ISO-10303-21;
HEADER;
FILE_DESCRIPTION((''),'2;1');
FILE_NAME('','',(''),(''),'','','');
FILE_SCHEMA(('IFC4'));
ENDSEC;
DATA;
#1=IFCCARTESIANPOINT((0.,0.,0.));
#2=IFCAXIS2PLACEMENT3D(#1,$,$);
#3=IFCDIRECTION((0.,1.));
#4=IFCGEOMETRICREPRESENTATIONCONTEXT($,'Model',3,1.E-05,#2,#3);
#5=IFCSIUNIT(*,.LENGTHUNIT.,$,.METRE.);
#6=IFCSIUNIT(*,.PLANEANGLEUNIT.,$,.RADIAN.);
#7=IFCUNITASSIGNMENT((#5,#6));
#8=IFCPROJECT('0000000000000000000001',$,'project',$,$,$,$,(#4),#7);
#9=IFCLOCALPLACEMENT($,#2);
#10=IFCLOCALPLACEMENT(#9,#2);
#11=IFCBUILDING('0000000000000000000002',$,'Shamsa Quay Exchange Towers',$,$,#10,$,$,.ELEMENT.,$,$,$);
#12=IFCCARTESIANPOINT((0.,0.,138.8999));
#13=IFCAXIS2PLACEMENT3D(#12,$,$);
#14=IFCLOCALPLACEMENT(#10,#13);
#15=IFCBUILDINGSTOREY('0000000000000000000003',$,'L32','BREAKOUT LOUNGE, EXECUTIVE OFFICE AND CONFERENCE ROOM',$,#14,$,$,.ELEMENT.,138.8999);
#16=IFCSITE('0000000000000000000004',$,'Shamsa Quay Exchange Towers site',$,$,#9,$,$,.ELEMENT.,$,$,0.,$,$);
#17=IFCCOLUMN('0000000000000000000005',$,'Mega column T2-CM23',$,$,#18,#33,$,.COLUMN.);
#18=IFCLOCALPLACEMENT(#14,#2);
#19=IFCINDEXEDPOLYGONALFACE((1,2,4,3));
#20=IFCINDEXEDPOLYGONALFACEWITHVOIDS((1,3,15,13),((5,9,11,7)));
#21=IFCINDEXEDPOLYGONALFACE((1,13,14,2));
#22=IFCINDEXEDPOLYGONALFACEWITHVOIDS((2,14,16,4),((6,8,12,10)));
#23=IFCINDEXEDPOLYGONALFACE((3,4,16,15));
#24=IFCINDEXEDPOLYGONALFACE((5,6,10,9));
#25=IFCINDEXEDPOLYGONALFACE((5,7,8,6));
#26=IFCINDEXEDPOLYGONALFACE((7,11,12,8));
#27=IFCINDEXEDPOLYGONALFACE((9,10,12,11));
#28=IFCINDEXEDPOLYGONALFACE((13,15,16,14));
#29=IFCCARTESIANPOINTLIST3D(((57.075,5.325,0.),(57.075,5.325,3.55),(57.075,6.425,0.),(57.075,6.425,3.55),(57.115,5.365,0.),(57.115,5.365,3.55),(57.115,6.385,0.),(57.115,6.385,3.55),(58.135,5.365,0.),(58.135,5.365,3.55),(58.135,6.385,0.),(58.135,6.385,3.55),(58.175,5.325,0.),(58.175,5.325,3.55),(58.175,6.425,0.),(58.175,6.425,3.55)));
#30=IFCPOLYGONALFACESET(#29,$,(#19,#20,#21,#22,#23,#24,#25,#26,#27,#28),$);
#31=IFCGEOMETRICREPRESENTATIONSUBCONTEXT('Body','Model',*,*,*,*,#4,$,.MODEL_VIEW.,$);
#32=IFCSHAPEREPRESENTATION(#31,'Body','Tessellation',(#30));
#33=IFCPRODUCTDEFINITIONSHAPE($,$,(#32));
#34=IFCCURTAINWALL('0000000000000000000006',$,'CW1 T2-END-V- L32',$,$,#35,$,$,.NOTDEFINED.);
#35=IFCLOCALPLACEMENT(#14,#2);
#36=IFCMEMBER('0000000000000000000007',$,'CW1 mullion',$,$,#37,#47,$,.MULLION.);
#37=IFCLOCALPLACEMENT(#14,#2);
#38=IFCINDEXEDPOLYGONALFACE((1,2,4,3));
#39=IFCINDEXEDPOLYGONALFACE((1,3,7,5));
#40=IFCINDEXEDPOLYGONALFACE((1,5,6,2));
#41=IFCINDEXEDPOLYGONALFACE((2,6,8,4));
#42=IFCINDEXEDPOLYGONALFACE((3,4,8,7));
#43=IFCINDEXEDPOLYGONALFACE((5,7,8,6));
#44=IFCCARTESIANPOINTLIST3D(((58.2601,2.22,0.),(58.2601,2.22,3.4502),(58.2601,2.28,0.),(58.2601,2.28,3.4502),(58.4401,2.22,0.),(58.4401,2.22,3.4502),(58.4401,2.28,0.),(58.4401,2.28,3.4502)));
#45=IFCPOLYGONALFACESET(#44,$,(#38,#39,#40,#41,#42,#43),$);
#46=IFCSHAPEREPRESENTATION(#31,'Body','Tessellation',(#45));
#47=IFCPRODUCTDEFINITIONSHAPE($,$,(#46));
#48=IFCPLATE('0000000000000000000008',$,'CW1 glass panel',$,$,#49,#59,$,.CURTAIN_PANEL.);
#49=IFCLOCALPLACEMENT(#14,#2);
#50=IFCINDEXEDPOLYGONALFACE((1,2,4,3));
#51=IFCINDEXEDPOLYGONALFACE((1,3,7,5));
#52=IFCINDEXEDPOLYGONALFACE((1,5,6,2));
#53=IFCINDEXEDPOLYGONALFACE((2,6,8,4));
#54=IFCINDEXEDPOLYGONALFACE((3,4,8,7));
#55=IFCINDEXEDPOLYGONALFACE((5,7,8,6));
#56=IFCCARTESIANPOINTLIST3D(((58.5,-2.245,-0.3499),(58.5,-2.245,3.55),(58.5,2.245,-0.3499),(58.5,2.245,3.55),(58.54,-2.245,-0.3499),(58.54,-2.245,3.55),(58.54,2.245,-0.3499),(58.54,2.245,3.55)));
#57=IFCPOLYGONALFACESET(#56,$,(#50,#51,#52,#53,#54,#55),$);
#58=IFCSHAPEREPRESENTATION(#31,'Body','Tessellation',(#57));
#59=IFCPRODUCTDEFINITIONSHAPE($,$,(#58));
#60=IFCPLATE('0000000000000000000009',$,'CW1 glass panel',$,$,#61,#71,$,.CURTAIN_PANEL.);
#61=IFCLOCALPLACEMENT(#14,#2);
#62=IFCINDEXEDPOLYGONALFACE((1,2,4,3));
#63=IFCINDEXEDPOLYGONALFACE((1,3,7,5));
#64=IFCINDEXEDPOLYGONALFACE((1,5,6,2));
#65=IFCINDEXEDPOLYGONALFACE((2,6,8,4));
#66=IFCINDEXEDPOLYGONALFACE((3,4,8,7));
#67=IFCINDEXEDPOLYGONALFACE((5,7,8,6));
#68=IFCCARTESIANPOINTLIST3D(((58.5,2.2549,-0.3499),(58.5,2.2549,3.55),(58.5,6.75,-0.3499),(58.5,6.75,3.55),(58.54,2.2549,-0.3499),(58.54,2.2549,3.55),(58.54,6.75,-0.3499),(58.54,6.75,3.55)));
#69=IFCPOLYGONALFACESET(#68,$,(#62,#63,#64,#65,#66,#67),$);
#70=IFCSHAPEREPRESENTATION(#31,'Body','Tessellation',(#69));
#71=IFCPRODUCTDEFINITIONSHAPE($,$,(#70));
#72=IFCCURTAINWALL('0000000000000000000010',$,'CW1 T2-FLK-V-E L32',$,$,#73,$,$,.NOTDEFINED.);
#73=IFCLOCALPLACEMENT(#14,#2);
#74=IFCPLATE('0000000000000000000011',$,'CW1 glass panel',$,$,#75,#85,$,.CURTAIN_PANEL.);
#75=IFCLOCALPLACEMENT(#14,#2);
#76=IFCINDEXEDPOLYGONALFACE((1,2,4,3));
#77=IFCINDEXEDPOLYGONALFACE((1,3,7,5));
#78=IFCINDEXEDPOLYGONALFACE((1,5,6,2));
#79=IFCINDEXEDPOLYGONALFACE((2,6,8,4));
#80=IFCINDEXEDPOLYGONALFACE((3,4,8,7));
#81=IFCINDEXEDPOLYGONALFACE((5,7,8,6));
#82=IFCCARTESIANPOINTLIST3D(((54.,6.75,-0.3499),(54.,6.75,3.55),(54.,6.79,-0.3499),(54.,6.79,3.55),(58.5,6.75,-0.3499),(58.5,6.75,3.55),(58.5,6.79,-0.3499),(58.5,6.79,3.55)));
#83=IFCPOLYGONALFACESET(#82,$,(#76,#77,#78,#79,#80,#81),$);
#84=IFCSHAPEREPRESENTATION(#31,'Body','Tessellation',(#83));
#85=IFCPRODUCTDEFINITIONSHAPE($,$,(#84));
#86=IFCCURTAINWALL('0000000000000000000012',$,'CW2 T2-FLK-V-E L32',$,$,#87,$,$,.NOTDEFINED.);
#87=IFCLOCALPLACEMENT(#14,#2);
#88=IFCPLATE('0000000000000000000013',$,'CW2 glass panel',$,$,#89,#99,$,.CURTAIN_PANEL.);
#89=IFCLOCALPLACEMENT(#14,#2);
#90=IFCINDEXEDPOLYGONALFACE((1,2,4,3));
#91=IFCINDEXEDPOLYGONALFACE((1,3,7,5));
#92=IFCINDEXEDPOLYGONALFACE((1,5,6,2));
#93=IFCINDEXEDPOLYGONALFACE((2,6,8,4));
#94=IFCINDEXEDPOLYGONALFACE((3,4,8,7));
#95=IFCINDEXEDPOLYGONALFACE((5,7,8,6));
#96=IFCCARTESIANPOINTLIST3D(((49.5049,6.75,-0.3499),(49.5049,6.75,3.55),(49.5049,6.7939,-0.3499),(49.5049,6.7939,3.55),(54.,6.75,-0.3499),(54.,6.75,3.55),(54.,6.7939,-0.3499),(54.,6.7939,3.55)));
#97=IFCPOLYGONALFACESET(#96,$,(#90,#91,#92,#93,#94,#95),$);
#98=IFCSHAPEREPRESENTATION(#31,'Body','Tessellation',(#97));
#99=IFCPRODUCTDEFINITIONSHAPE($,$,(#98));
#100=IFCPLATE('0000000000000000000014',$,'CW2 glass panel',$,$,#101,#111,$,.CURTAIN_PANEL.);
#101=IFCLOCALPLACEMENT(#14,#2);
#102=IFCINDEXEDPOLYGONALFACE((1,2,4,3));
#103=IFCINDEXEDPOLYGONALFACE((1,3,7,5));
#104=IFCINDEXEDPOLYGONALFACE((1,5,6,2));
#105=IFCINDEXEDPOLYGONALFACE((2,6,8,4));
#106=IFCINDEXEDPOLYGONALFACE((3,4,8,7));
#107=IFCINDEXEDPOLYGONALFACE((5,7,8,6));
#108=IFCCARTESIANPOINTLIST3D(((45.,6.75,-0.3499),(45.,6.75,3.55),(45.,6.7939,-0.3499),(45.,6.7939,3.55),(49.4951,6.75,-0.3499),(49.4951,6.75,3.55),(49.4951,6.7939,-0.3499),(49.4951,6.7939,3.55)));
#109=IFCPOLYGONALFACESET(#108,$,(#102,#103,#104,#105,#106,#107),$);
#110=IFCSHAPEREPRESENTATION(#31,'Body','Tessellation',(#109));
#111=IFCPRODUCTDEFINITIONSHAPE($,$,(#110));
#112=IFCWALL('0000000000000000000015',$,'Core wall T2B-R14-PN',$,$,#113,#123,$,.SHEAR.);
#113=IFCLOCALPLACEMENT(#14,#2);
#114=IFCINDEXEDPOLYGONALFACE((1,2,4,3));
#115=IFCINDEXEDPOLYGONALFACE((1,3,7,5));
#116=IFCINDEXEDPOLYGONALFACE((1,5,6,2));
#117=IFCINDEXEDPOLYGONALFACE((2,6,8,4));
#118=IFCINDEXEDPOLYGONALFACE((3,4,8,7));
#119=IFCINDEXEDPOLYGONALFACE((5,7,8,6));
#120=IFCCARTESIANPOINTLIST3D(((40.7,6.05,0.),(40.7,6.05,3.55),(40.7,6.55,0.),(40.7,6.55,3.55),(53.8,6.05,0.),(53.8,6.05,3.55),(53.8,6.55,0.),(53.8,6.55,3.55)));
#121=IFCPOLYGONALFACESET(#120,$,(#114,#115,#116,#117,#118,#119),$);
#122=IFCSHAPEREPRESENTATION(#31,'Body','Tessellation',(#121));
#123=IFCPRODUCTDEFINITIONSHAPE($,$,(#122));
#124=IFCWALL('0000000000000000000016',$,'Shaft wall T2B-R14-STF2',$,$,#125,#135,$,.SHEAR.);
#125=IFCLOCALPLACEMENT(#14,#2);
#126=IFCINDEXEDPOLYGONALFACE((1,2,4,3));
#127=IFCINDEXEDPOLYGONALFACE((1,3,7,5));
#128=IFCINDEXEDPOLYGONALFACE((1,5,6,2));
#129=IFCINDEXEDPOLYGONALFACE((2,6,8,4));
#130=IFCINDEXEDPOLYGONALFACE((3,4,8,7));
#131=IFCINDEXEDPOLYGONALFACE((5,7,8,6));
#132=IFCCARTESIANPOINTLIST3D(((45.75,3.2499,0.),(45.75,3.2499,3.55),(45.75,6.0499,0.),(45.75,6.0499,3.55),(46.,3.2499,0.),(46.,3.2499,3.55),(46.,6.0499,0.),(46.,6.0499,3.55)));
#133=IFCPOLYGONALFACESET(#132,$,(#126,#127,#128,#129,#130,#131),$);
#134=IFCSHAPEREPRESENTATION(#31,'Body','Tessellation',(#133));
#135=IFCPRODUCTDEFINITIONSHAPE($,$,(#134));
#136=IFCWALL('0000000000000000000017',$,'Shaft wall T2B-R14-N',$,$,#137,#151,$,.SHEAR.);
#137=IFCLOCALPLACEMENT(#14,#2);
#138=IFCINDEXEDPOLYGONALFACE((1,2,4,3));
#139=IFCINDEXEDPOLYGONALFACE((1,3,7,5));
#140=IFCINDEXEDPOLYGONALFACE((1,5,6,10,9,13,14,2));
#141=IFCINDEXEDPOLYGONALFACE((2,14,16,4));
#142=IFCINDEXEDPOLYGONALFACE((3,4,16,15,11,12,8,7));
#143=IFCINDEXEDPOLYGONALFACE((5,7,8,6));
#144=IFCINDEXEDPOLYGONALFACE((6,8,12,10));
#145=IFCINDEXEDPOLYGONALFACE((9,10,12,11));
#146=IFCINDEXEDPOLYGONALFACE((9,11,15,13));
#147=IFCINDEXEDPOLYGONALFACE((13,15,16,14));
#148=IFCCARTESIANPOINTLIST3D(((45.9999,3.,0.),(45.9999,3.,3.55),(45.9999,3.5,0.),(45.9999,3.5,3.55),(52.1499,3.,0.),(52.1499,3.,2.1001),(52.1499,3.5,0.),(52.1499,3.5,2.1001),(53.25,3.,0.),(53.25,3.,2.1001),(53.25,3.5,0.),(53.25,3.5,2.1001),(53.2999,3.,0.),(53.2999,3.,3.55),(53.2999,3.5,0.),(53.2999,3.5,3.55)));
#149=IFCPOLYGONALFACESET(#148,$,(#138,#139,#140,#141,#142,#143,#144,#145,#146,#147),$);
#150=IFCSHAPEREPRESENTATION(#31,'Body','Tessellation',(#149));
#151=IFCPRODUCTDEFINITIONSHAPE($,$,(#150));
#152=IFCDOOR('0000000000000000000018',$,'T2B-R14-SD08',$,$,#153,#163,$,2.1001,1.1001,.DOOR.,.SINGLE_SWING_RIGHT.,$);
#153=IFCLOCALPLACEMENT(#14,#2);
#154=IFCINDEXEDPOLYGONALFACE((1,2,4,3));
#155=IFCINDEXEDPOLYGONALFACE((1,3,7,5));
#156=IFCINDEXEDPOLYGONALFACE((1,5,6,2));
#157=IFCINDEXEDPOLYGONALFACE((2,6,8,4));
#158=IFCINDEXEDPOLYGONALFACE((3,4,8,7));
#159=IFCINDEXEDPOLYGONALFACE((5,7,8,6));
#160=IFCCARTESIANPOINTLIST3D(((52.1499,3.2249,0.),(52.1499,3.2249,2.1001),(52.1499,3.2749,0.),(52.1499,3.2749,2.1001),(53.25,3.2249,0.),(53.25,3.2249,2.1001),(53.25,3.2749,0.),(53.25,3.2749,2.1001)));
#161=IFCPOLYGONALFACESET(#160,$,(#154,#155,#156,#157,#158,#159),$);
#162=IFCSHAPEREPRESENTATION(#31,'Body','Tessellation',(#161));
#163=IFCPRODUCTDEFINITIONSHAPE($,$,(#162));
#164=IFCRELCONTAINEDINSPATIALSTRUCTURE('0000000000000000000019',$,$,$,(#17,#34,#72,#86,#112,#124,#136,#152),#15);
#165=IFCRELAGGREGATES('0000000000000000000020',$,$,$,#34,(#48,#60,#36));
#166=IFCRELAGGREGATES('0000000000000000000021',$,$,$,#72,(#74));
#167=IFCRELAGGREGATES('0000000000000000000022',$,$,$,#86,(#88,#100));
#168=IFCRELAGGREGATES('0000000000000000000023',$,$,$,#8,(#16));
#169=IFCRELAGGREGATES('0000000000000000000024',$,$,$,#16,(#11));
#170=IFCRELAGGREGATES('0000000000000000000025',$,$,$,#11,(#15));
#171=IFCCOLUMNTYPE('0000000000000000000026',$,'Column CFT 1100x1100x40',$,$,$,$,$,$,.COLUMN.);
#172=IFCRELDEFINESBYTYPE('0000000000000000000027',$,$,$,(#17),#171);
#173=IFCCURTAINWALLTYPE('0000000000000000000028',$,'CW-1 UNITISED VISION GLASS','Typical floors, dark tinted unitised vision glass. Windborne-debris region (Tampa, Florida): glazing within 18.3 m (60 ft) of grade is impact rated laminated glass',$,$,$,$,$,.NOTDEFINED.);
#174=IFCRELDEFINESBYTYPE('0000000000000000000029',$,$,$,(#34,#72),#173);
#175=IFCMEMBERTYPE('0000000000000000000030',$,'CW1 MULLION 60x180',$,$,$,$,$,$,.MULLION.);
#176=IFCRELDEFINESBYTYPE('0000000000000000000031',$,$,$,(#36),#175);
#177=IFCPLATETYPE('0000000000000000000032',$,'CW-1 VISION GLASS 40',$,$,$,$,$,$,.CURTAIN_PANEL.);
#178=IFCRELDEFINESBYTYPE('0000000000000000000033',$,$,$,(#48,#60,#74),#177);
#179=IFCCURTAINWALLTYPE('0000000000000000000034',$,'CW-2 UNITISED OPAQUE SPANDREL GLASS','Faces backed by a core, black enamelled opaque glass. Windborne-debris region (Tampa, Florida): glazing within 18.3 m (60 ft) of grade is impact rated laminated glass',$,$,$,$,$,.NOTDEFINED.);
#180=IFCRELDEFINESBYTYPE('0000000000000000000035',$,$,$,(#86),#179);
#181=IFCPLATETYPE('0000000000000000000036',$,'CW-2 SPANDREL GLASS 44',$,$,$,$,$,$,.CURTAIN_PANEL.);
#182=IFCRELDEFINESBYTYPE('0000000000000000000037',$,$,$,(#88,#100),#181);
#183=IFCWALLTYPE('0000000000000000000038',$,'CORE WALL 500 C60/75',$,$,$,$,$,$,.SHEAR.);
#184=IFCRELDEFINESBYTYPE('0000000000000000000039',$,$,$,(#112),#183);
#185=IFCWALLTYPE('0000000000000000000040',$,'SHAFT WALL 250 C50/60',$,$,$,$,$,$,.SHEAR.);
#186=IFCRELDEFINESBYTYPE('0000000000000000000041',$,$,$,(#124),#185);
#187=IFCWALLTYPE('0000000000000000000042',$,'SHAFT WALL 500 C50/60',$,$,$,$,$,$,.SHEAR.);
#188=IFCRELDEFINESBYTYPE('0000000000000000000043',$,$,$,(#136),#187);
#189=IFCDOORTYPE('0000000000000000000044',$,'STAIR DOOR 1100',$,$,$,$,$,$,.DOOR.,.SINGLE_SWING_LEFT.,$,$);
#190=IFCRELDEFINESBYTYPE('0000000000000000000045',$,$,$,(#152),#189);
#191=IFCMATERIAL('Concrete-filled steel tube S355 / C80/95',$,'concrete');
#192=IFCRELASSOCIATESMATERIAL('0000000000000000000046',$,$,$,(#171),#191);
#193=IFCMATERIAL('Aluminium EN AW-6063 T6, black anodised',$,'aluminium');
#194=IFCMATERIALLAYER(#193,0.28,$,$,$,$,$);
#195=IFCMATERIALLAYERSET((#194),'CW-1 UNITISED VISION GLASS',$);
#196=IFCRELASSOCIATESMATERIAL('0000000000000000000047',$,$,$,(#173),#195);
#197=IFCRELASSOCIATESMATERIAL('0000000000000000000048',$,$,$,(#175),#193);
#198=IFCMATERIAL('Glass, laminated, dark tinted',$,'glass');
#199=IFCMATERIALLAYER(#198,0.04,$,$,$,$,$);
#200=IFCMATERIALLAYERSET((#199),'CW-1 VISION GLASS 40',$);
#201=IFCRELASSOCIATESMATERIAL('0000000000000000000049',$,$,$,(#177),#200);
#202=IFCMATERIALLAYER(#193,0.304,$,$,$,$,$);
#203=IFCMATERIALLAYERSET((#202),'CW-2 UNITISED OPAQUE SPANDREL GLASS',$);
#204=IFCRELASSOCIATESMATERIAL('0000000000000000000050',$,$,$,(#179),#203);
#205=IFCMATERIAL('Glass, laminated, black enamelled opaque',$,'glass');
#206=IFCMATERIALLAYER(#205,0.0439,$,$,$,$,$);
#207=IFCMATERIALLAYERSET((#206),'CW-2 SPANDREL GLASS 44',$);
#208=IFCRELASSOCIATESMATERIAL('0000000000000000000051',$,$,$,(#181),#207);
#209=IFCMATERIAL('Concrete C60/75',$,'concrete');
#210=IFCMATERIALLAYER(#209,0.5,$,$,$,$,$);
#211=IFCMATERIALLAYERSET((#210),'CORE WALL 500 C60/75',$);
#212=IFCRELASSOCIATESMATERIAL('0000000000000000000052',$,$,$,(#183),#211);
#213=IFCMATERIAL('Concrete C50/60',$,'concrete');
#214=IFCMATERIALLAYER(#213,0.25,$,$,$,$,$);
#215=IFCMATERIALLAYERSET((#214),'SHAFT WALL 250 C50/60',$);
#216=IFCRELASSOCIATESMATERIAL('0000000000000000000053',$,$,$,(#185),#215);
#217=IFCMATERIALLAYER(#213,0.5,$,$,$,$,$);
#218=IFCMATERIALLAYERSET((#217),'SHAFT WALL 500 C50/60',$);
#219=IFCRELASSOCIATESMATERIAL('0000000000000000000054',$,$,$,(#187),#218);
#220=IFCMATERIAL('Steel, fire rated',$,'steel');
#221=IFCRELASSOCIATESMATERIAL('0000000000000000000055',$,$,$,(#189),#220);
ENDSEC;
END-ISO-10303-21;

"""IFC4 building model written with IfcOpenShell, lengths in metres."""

from ifc_helpers import new_model, si_unit, direction, frame, frame_2d, origin, origin_2d, place, context, subcontext, project, spatial, rectangle, hollow_rectangle, extrude, material, layer, layer_set, material_profile, profile_set, type_object, element, fill, aggregate, save


model = new_model("IFC4")

# Units and contexts
model_context = context("Model", 3, precision=1e-05, world=origin(), true_north=direction((0.0, 1.0)))
body_context = subcontext(model_context, "Body", "Model", "MODEL_VIEW")
ifc_project = project(units=[si_unit("LENGTHUNIT", "METRE"), si_unit("PLANEANGLEUNIT", "RADIAN")], contexts=[model_context])

# Site, building, storey
site_placement = place(None, origin())
site = spatial("IfcSite", under=ifc_project, at=site_placement, Name="Shamsa Quay Exchange Towers site", CompositionType="ELEMENT", RefElevation=0.0)
building_placement = place(site_placement, origin())
building = spatial("IfcBuilding", under=site, at=building_placement, Name="Shamsa Quay Exchange Towers", CompositionType="ELEMENT")
storey_placement = place(building_placement, frame((0.0, 0.0, 138.8999)))
storey = spatial("IfcBuildingStorey", under=building, at=storey_placement, Name="L32", Description="BREAKOUT LOUNGE, EXECUTIVE OFFICE AND CONFERENCE ROOM", CompositionType="ELEMENT", Elevation=138.8999)

# Column
ifc_material_1 = material(Name="Concrete-filled steel tube S355 / C80/95", Category="concrete")
ifc_material_profile_1 = material_profile(ifc_material_1, hollow_rectangle(XDim=1.1001, YDim=1.1001, WallThickness=0.04, at=origin_2d()), Name="CFT 1100x1100x40")
ifc_profile_set_1 = profile_set([ifc_material_profile_1], Name="Concrete-filled steel tube S355 / C80/95")
column_type = type_object("IfcColumnType", Name="Column CFT 1100x1100x40", PredefinedType="COLUMN", material=ifc_profile_set_1)
column_placement = place(storey_placement, frame((57.625, 5.875, 0.0)))
element("IfcColumn", 1, at=column_placement, inside=storey, type_object=column_type, Name="Mega column T2-CM23", PredefinedType="COLUMN", context=body_context, shape_type="SweptSolid", body=[
    extrude(hollow_rectangle(XDim=1.1001, YDim=1.1001, WallThickness=0.04, at=origin_2d()), origin(), (0.0, 0.0, 1.0), 3.55),
])

# Curtain wall, member, plates
ifc_material_2 = material(Name="Aluminium EN AW-6063 T6, black anodised", Category="aluminium")
ifc_layer_1 = layer(ifc_material_2, 0.28)
ifc_layer_set_1 = layer_set([ifc_layer_1], Name="CW-1 UNITISED VISION GLASS")
curtain_wall_type_1 = type_object("IfcCurtainWallType", Name="CW-1 UNITISED VISION GLASS", Description="Typical floors, dark tinted unitised vision glass. Windborne-debris region (Tampa, Florida): glazing within 18.3 m (60 ft) of grade is impact rated laminated glass", PredefinedType="NOTDEFINED", material=ifc_layer_set_1)
curtain_wall_1_placement = place(storey_placement, origin())
curtain_wall_1 = element("IfcCurtainWall", 2, at=curtain_wall_1_placement, inside=storey, type_object=curtain_wall_type_1, Name="CW1 T2-END-V- L32", PredefinedType="NOTDEFINED")
ifc_material_profile_2 = material_profile(ifc_material_2, rectangle(XDim=0.1799, YDim=0.0601, at=origin_2d()), Name="MU60x180")
ifc_profile_set_2 = profile_set([ifc_material_profile_2], Name="Aluminium EN AW-6063 T6, black anodised")
member_type = type_object("IfcMemberType", Name="CW1 MULLION 60x180", PredefinedType="MULLION", material=ifc_profile_set_2)
member_placement = place(storey_placement, frame((58.3501, 2.25, 0.0), z_axis=(0.0, 0.0, 1.0), x_axis=(-1.0, 0.0, 0.0)))
member = element("IfcMember", 3, at=member_placement, type_object=member_type, Name="CW1 mullion", PredefinedType="MULLION", context=body_context, shape_type="SweptSolid", body=[
    extrude(rectangle(XDim=0.1799, YDim=0.0601, at=origin_2d()), origin(), (0.0, 0.0, 1.0), 3.4502),
])
ifc_material_3 = material(Name="Glass, laminated, dark tinted", Category="glass")
ifc_layer_2 = layer(ifc_material_3, 0.04)
ifc_layer_set_2 = layer_set([ifc_layer_2], Name="CW-1 VISION GLASS 40")
plate_type_1 = type_object("IfcPlateType", Name="CW-1 VISION GLASS 40", PredefinedType="CURTAIN_PANEL", material=ifc_layer_set_2)
plate_1_placement = place(storey_placement, frame((58.52, 0.0, -0.3499), z_axis=(0.0, 0.0, 1.0), x_axis=(0.0, 1.0, 0.0)))
plate_1 = element("IfcPlate", 4, at=plate_1_placement, type_object=plate_type_1, Name="CW1 glass panel", PredefinedType="CURTAIN_PANEL", context=body_context, shape_type="SweptSolid", body=[
    extrude(rectangle(XDim=4.49, YDim=0.04, at=origin_2d()), origin(), (0.0, 0.0, 1.0), 3.8999),
])
plate_2_placement = place(storey_placement, frame((58.52, 4.5024, -0.3499), z_axis=(0.0, 0.0, 1.0), x_axis=(0.0, 1.0, 0.0)))
plate_2 = element("IfcPlate", 5, at=plate_2_placement, type_object=plate_type_1, Name="CW1 glass panel", PredefinedType="CURTAIN_PANEL", context=body_context, shape_type="SweptSolid", body=[
    extrude(rectangle(XDim=4.4951, YDim=0.04, at=origin_2d()), origin(), (0.0, 0.0, 1.0), 3.8999),
])
aggregate(curtain_wall_1, [plate_1, plate_2, member])

# Curtain wall, plate
curtain_wall_2_placement = place(storey_placement, origin())
curtain_wall_2 = element("IfcCurtainWall", 6, at=curtain_wall_2_placement, inside=storey, type_object=curtain_wall_type_1, Name="CW1 T2-FLK-V-E L32", PredefinedType="NOTDEFINED")
plate_3_placement = place(storey_placement, frame((56.25, 6.77, -0.3499), z_axis=(0.0, 0.0, 1.0), x_axis=(-1.0, 0.0, 0.0)))
plate_3 = element("IfcPlate", 7, at=plate_3_placement, type_object=plate_type_1, Name="CW1 glass panel", PredefinedType="CURTAIN_PANEL", context=body_context, shape_type="SweptSolid", body=[
    extrude(rectangle(XDim=4.5, YDim=0.04, at=origin_2d()), origin(), (0.0, 0.0, 1.0), 3.8999),
])
aggregate(curtain_wall_2, [plate_3])

# Curtain wall, plates
ifc_layer_3 = layer(ifc_material_2, 0.304)
ifc_layer_set_3 = layer_set([ifc_layer_3], Name="CW-2 UNITISED OPAQUE SPANDREL GLASS")
curtain_wall_type_2 = type_object("IfcCurtainWallType", Name="CW-2 UNITISED OPAQUE SPANDREL GLASS", Description="Faces backed by a core, black enamelled opaque glass. Windborne-debris region (Tampa, Florida): glazing within 18.3 m (60 ft) of grade is impact rated laminated glass", PredefinedType="NOTDEFINED", material=ifc_layer_set_3)
curtain_wall_3_placement = place(storey_placement, origin())
curtain_wall_3 = element("IfcCurtainWall", 8, at=curtain_wall_3_placement, inside=storey, type_object=curtain_wall_type_2, Name="CW2 T2-FLK-V-E L32", PredefinedType="NOTDEFINED")
ifc_material_4 = material(Name="Glass, laminated, black enamelled opaque", Category="glass")
ifc_layer_4 = layer(ifc_material_4, 0.0439)
ifc_layer_set_4 = layer_set([ifc_layer_4], Name="CW-2 SPANDREL GLASS 44")
plate_type_2 = type_object("IfcPlateType", Name="CW-2 SPANDREL GLASS 44", PredefinedType="CURTAIN_PANEL", material=ifc_layer_set_4)
plate_4_placement = place(storey_placement, frame((51.7524, 6.772, -0.3499), z_axis=(0.0, 0.0, 1.0), x_axis=(-1.0, 0.0, 0.0)))
plate_4 = element("IfcPlate", 9, at=plate_4_placement, type_object=plate_type_2, Name="CW2 glass panel", PredefinedType="CURTAIN_PANEL", context=body_context, shape_type="SweptSolid", body=[
    extrude(rectangle(XDim=4.4951, YDim=0.0439, at=origin_2d()), origin(), (0.0, 0.0, 1.0), 3.8999),
])
plate_5_placement = place(storey_placement, frame((47.2476, 6.772, -0.3499), z_axis=(0.0, 0.0, 1.0), x_axis=(-1.0, 0.0, 0.0)))
plate_5 = element("IfcPlate", 10, at=plate_5_placement, type_object=plate_type_2, Name="CW2 glass panel", PredefinedType="CURTAIN_PANEL", context=body_context, shape_type="SweptSolid", body=[
    extrude(rectangle(XDim=4.4951, YDim=0.0439, at=origin_2d()), origin(), (0.0, 0.0, 1.0), 3.8999),
])
aggregate(curtain_wall_3, [plate_4, plate_5])

# Walls
ifc_material_5 = material(Name="Concrete C60/75", Category="concrete")
ifc_layer_5 = layer(ifc_material_5, 0.5)
ifc_layer_set_5 = layer_set([ifc_layer_5], Name="CORE WALL 500 C60/75")
wall_type_1 = type_object("IfcWallType", Name="CORE WALL 500 C60/75", PredefinedType="SHEAR", material=ifc_layer_set_5)
wall_1_placement = place(storey_placement, frame((53.8, 6.3, 0.0), z_axis=(0.0, 0.0, 1.0), x_axis=(-1.0, 0.0, 0.0)))
element("IfcWall", 11, at=wall_1_placement, inside=storey, type_object=wall_type_1, Name="Core wall T2B-R14-PN", PredefinedType="SHEAR", context=body_context, shape_type="SweptSolid", body=[
    extrude(rectangle(XDim=13.1001, YDim=0.5, at=frame_2d((6.55, 0.0))), origin(), (0.0, 0.0, 1.0), 3.55),
])
ifc_material_6 = material(Name="Concrete C50/60", Category="concrete")
ifc_layer_6 = layer(ifc_material_6, 0.25)
ifc_layer_set_6 = layer_set([ifc_layer_6], Name="SHAFT WALL 250 C50/60")
wall_type_2 = type_object("IfcWallType", Name="SHAFT WALL 250 C50/60", PredefinedType="SHEAR", material=ifc_layer_set_6)
wall_2_placement = place(storey_placement, frame((45.875, 3.25, 0.0), z_axis=(0.0, 0.0, 1.0), x_axis=(0.0, 1.0, 0.0)))
element("IfcWall", 12, at=wall_2_placement, inside=storey, type_object=wall_type_2, Name="Shaft wall T2B-R14-STF2", PredefinedType="SHEAR", context=body_context, shape_type="SweptSolid", body=[
    extrude(rectangle(XDim=2.8, YDim=0.25, at=frame_2d((1.3999, 0.0))), origin(), (0.0, 0.0, 1.0), 3.55),
])

# Wall, opening, door
ifc_layer_7 = layer(ifc_material_6, 0.5)
ifc_layer_set_7 = layer_set([ifc_layer_7], Name="SHAFT WALL 500 C50/60")
wall_type_3 = type_object("IfcWallType", Name="SHAFT WALL 500 C50/60", PredefinedType="SHEAR", material=ifc_layer_set_7)
wall_3_placement = place(storey_placement, frame((46.0, 3.25, 0.0)))
wall_3 = element("IfcWall", 13, at=wall_3_placement, inside=storey, type_object=wall_type_3, Name="Shaft wall T2B-R14-N", PredefinedType="SHEAR", context=body_context, shape_type="SweptSolid", body=[
    extrude(rectangle(XDim=7.3, YDim=0.5, at=frame_2d((3.6499, 0.0))), origin(), (0.0, 0.0, 1.0), 3.55),
])
opening_1_placement = place(wall_3_placement, frame((6.1499, 0.0, 0.0)))
opening_1 = element("IfcOpeningElement", 14, at=opening_1_placement, cuts=wall_3, PredefinedType="OPENING", context=body_context, shape_type="SweptSolid", body=[
    extrude(rectangle(XDim=1.1001, YDim=2.1001, at=frame_2d((0.55, 1.05))), frame((0.0, 0.26, 0.0), z_axis=(0.0, -1.0, 0.0), x_axis=(1.0, 0.0, 0.0)), (0.0, 0.0, 1.0), 0.52),
])
ifc_material_7 = material(Name="Steel, fire rated", Category="steel")
door_type_1 = type_object("IfcDoorType", Name="STAIR DOOR 1100", OperationType="SINGLE_SWING_LEFT", PredefinedType="DOOR", material=ifc_material_7)
door_1_placement = place(opening_1_placement, origin())
door_1 = element("IfcDoor", 15, at=door_1_placement, inside=storey, type_object=door_type_1, Name="T2B-R14-SD08", OperationType="SINGLE_SWING_RIGHT", OverallHeight=2.1001, OverallWidth=1.1001, PredefinedType="DOOR", context=body_context, shape_type="SweptSolid", body=[
    extrude(rectangle(XDim=1.1001, YDim=2.1001, at=frame_2d((0.55, 1.05))), frame((0.0, 0.0249, 0.0), z_axis=(0.0, -1.0, 0.0), x_axis=(1.0, 0.0, 0.0)), (0.0, 0.0, 1.0), 0.05),
])
fill(opening_1, door_1)

save(model, "model.ifc")
